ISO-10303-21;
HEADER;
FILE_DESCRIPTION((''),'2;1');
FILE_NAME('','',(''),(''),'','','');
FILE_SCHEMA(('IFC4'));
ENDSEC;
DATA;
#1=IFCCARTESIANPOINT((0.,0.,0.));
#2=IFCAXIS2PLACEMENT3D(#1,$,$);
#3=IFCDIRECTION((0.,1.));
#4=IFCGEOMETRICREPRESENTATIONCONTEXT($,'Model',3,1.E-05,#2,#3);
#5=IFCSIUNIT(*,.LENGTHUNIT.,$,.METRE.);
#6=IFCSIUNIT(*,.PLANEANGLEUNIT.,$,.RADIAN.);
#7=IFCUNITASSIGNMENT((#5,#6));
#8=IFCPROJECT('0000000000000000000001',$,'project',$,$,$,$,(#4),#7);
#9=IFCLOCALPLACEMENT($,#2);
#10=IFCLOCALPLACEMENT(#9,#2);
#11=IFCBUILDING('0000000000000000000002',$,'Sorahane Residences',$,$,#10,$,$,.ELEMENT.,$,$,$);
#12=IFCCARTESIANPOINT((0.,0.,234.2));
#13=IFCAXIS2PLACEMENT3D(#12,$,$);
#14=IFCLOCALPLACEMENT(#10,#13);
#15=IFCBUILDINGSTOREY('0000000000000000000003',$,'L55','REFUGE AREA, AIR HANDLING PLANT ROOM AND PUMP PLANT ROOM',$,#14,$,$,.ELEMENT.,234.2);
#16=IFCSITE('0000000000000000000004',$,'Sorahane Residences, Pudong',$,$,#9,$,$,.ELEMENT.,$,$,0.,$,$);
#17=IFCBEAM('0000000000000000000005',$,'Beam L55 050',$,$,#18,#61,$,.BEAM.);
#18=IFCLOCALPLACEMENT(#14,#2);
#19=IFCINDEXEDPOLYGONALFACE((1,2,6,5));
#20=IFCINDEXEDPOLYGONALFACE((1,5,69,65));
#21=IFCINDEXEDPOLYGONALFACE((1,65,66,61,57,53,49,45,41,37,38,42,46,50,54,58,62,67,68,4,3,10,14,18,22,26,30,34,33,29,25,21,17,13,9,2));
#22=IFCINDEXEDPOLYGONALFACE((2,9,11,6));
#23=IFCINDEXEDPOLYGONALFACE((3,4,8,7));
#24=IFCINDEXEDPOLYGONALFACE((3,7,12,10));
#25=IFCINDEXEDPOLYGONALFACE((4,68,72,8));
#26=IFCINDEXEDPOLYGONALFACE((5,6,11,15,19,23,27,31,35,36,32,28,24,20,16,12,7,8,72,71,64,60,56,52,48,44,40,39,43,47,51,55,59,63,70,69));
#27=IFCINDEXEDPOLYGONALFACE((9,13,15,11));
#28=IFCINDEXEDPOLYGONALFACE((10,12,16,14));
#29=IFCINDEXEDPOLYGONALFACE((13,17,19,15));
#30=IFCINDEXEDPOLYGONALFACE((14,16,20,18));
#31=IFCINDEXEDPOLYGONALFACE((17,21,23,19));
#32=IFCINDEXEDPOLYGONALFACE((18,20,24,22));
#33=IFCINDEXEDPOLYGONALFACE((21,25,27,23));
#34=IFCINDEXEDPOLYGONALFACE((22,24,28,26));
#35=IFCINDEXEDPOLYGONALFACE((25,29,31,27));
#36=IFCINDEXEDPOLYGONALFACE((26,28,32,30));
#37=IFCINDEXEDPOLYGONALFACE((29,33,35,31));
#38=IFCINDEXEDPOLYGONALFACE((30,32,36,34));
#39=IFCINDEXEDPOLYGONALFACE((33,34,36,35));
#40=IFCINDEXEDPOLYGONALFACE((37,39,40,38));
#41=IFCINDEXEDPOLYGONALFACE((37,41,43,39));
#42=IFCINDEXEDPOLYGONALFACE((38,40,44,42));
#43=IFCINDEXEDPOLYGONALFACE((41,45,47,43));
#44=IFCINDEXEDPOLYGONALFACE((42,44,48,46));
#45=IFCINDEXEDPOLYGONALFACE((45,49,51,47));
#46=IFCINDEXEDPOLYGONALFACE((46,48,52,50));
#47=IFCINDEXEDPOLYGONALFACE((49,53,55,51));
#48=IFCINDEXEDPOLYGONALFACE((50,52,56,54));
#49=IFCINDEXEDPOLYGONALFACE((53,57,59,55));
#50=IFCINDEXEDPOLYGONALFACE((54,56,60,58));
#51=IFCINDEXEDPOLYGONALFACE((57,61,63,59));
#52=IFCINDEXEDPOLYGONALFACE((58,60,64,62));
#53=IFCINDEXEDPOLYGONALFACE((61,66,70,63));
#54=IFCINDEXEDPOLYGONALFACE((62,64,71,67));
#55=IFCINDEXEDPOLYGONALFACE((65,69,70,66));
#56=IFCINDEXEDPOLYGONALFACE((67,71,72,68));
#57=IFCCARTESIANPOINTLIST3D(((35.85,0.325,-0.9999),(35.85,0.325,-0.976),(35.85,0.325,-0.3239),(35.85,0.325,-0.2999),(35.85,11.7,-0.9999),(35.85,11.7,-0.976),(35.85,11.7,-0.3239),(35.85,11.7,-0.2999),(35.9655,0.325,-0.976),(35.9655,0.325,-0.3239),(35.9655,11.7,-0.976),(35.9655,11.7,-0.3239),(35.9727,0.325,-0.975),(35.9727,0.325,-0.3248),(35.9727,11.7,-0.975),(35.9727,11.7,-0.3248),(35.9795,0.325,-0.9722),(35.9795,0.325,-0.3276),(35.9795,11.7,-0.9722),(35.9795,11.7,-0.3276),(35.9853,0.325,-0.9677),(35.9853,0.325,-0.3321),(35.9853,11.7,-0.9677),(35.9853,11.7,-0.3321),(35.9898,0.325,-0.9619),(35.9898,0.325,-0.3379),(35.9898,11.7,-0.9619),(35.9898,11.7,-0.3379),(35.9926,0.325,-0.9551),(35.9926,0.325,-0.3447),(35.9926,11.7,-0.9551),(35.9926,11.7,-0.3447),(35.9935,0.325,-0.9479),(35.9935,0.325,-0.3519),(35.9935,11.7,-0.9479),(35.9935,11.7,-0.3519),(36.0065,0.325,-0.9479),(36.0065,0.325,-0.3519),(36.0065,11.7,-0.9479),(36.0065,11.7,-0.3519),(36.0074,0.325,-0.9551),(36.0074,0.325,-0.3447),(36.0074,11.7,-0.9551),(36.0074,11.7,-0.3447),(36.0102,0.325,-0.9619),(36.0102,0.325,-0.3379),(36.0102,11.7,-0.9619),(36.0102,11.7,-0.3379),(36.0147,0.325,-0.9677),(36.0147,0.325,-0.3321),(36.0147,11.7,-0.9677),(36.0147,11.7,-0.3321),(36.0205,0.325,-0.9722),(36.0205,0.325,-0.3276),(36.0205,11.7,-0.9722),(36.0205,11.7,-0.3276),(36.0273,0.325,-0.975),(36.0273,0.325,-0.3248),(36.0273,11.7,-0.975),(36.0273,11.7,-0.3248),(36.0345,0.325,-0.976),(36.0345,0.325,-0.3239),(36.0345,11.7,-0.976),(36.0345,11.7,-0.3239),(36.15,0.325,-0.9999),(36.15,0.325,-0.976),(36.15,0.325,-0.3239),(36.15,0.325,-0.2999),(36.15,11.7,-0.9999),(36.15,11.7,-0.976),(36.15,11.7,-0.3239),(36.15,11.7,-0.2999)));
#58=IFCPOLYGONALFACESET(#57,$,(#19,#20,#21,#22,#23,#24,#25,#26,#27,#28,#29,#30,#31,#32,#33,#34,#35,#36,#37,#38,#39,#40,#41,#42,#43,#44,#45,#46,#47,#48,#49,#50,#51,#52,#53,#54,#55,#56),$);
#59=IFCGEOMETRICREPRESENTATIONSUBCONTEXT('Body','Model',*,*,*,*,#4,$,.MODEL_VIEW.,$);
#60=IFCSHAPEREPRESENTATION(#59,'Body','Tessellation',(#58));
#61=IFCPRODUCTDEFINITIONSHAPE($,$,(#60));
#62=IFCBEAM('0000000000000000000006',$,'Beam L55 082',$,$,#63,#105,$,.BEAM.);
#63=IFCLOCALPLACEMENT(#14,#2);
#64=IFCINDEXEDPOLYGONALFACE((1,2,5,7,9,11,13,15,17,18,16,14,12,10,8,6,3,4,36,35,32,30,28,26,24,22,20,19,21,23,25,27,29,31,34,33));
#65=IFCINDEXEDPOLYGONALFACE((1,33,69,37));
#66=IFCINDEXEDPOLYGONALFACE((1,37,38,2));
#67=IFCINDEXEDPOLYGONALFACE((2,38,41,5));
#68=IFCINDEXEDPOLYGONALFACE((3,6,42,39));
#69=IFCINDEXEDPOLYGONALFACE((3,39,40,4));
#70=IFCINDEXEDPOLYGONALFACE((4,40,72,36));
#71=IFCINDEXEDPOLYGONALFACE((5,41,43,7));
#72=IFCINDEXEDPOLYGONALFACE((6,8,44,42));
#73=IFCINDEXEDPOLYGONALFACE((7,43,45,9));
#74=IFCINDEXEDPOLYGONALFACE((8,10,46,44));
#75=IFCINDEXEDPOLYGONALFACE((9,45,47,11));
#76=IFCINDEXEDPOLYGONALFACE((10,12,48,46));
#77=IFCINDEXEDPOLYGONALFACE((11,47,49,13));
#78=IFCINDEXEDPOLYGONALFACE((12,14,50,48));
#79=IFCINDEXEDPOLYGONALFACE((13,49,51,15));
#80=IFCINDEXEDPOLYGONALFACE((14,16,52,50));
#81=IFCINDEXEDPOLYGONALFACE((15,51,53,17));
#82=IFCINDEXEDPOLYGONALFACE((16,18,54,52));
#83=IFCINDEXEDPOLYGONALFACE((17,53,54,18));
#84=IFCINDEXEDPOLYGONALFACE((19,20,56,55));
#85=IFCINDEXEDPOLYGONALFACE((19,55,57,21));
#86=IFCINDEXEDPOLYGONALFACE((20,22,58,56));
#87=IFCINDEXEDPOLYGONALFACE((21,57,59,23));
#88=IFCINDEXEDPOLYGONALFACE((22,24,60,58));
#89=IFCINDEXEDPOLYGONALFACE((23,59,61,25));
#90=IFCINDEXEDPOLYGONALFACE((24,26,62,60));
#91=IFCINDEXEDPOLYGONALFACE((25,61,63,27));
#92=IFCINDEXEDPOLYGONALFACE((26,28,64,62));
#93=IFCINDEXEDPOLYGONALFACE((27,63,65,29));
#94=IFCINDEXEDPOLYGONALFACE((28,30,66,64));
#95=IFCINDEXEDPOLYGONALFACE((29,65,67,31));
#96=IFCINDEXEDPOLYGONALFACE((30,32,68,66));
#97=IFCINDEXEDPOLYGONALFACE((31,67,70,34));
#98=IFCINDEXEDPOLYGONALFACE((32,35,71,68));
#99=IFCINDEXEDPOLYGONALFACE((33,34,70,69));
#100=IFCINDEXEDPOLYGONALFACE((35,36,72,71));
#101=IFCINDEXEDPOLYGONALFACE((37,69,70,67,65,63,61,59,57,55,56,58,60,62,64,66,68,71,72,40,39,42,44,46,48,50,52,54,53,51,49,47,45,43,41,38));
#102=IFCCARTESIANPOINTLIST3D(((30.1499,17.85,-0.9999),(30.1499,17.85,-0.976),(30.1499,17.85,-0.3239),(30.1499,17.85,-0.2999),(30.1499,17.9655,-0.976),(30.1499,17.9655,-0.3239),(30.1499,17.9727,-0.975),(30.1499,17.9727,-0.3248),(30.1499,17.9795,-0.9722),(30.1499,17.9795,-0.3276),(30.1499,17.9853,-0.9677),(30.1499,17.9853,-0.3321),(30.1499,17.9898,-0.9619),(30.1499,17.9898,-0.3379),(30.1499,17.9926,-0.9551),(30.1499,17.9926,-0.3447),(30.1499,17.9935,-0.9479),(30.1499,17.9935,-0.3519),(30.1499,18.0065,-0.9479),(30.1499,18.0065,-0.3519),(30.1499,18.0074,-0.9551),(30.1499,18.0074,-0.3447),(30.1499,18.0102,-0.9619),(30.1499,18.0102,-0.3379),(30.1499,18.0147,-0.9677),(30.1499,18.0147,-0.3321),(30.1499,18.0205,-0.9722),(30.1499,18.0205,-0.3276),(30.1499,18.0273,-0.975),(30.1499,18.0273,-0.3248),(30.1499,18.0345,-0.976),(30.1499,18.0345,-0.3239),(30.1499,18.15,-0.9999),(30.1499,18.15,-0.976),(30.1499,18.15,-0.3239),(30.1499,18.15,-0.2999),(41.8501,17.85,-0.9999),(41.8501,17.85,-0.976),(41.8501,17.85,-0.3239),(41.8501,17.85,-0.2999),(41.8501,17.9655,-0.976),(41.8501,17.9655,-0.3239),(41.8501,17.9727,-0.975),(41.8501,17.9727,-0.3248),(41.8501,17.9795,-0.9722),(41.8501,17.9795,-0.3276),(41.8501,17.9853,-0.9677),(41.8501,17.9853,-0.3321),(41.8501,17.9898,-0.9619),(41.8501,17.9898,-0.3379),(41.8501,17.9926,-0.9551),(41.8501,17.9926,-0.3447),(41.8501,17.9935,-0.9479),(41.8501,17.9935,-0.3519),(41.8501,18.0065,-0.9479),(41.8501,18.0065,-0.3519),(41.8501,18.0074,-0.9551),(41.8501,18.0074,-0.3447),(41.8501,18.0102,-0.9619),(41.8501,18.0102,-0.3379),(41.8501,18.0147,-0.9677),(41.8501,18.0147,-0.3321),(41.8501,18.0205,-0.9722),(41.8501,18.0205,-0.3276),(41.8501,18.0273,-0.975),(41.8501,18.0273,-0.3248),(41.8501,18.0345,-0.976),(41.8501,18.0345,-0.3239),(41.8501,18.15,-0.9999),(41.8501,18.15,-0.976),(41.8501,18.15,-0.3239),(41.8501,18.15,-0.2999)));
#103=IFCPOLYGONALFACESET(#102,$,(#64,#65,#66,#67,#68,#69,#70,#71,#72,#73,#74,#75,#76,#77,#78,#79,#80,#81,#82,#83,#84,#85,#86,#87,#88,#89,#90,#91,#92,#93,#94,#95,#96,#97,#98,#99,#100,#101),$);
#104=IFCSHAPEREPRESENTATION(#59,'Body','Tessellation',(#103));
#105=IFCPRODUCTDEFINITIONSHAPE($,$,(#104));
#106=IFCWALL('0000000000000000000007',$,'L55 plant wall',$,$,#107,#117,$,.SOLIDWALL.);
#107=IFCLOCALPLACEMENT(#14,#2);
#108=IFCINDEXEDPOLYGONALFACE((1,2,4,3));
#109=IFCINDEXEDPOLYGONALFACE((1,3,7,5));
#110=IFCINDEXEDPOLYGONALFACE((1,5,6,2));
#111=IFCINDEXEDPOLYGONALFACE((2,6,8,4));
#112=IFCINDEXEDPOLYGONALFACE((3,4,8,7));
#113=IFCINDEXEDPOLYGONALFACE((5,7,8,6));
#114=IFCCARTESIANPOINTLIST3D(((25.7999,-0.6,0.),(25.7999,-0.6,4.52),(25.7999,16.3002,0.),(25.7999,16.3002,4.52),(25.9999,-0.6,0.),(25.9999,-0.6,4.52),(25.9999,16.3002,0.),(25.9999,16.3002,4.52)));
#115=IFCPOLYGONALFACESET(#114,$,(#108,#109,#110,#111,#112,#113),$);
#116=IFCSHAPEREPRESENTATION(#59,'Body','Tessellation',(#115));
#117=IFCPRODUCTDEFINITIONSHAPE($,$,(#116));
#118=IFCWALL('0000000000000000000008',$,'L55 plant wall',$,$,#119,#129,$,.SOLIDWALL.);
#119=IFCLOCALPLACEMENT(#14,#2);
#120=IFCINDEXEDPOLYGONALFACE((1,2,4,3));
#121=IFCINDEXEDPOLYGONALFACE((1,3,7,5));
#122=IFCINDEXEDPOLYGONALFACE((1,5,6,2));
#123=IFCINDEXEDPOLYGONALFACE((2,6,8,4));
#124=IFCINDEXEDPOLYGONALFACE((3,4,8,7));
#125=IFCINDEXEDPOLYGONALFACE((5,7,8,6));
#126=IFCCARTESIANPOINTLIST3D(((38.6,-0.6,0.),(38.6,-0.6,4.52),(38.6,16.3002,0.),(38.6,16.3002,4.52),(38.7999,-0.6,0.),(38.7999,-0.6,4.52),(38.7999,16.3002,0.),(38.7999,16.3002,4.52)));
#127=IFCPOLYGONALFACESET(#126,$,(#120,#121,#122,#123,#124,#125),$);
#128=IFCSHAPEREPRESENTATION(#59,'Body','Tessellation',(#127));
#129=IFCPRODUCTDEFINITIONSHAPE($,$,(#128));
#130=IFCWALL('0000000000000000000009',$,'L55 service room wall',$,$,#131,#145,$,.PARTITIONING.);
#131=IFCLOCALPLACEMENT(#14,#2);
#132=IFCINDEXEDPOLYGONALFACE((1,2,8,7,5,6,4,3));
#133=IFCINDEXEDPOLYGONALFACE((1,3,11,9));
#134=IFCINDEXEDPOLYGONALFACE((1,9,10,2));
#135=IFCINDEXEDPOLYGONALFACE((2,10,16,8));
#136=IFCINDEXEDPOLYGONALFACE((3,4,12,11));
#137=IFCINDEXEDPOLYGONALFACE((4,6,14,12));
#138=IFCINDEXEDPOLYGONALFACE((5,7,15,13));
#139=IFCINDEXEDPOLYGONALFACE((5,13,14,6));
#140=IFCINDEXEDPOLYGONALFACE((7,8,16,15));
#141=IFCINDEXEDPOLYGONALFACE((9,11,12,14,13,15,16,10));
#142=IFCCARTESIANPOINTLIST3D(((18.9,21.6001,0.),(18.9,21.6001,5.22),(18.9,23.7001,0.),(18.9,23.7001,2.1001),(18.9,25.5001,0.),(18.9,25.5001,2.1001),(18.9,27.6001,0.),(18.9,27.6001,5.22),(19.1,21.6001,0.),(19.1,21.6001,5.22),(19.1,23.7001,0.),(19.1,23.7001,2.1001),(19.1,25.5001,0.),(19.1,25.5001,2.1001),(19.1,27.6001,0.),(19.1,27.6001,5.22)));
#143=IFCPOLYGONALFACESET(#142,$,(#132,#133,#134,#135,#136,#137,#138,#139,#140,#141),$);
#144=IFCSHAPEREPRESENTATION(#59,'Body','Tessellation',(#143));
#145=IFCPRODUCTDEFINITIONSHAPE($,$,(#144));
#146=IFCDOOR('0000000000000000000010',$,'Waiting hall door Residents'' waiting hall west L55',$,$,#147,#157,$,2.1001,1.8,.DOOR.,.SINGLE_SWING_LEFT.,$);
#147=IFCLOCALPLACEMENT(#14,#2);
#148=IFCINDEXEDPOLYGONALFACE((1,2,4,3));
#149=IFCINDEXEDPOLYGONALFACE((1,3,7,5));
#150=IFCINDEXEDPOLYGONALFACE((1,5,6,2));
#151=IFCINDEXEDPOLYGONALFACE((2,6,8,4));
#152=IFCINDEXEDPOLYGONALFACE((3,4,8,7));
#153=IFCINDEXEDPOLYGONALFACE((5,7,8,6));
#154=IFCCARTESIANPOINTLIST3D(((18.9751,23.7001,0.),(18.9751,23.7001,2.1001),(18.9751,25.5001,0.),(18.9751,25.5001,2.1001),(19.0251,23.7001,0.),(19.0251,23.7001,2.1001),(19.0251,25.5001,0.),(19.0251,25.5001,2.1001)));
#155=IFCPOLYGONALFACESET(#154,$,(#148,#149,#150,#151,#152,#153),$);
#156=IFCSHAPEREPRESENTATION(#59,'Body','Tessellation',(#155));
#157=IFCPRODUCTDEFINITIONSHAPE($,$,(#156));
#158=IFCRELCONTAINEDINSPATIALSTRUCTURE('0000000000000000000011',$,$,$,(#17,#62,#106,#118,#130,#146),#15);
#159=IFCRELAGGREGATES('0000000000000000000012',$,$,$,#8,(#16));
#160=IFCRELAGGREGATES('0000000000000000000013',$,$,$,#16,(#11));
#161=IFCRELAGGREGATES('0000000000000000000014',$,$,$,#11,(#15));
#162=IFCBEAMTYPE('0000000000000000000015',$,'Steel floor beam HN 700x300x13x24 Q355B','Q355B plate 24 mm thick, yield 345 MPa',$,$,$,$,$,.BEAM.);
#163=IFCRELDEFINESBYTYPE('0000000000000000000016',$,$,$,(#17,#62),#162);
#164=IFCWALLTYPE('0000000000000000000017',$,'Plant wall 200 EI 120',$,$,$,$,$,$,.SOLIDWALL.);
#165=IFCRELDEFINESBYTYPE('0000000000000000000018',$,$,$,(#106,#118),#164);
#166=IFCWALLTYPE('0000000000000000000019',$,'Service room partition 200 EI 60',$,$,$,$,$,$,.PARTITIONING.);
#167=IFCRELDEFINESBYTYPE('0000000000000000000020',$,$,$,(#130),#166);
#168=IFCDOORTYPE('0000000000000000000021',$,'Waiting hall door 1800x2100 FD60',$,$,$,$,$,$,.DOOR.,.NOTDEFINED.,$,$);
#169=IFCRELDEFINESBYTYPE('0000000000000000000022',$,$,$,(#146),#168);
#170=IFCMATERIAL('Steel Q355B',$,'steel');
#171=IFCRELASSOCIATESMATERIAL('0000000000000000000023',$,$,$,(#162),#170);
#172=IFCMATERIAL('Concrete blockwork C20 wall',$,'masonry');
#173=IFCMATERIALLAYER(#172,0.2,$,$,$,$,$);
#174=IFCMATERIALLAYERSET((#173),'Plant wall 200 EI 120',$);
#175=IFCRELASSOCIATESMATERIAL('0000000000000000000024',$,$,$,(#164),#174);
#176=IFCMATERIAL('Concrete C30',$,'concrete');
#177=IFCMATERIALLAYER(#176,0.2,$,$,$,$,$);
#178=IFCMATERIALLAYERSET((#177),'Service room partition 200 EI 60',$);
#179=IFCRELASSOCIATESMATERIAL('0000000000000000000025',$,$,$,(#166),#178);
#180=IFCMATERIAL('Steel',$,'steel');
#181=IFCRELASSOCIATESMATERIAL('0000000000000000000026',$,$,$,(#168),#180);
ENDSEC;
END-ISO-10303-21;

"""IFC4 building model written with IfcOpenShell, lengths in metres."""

from ifc_helpers import new_model, si_unit, direction, frame, frame_2d, origin, origin_2d, place, context, subcontext, project, spatial, rectangle, i_section, extrude, material, layer, layer_set, material_profile, profile_set, type_object, element, fill, save


model = new_model("IFC4")

# Units and contexts
model_context = context("Model", 3, precision=1e-05, world=origin(), true_north=direction((0.0, 1.0)))
body_context = subcontext(model_context, "Body", "Model", "MODEL_VIEW")
ifc_project = project(units=[si_unit("LENGTHUNIT", "METRE"), si_unit("PLANEANGLEUNIT", "RADIAN")], contexts=[model_context])

# Site, building, storey
site_placement = place(None, origin())
site = spatial("IfcSite", under=ifc_project, at=site_placement, Name="Sorahane Residences, Pudong", CompositionType="ELEMENT", RefElevation=0.0)
building_placement = place(site_placement, origin())
building = spatial("IfcBuilding", under=site, at=building_placement, Name="Sorahane Residences", CompositionType="ELEMENT")
storey_placement = place(building_placement, frame((0.0, 0.0, 234.2)))
storey = spatial("IfcBuildingStorey", under=building, at=storey_placement, Name="L55", Description="REFUGE AREA, AIR HANDLING PLANT ROOM AND PUMP PLANT ROOM", CompositionType="ELEMENT", Elevation=234.2)

# Beams
ifc_material_1 = material(Name="Steel Q355B", Category="steel")
ifc_material_profile_1 = material_profile(ifc_material_1, i_section(OverallWidth=0.3, OverallDepth=0.7, WebThickness=0.0129, FlangeThickness=0.0239, FilletRadius=0.0281, at=origin_2d()), Name="HN 700x300x13x24")
ifc_profile_set_1 = profile_set([ifc_material_profile_1], Name="Steel Q355B")
beam_type_1 = type_object("IfcBeamType", Name="Steel floor beam HN 700x300x13x24 Q355B", Description="Q355B plate 24 mm thick, yield 345 MPa", PredefinedType="BEAM", material=ifc_profile_set_1)
beam_1_placement = place(storey_placement, frame((36.0, 0.325, -0.6499), z_axis=(0.0, 1.0, 0.0), x_axis=(-1.0, 0.0, 0.0)))
element("IfcBeam", 1, at=beam_1_placement, inside=storey, type_object=beam_type_1, Name="Beam L55 050", PredefinedType="BEAM", context=body_context, shape_type="SweptSolid", body=[
    extrude(i_section(OverallWidth=0.3, OverallDepth=0.7, WebThickness=0.0129, FlangeThickness=0.0239, FilletRadius=0.0281, at=origin_2d()), origin(), (0.0, 0.0, 1.0), 11.375),
])
beam_2_placement = place(storey_placement, frame((30.1499, 18.0, -0.6499), z_axis=(1.0, 0.0, 0.0), x_axis=(0.0, 1.0, 0.0)))
element("IfcBeam", 2, at=beam_2_placement, inside=storey, type_object=beam_type_1, Name="Beam L55 082", PredefinedType="BEAM", context=body_context, shape_type="SweptSolid", body=[
    extrude(i_section(OverallWidth=0.3, OverallDepth=0.7, WebThickness=0.0129, FlangeThickness=0.0239, FilletRadius=0.0281, at=origin_2d()), origin(), (0.0, 0.0, 1.0), 11.7002),
])

# Walls
ifc_material_2 = material(Name="Concrete blockwork C20 wall", Category="masonry")
ifc_layer_1 = layer(ifc_material_2, 0.2)
ifc_layer_set_1 = layer_set([ifc_layer_1], Name="Plant wall 200 EI 120")
wall_type_1 = type_object("IfcWallType", Name="Plant wall 200 EI 120", PredefinedType="SOLIDWALL", material=ifc_layer_set_1)
for number, where, z_axis, x_axis, name in (
    (3, (25.8999, -0.6001, 0.0), (0.0, 0.0, 1.0), (0.0, 1.0, 0.0), "L55 plant wall"),
    (4, (38.7, -0.6001, 0.0), (0.0, 0.0, 1.0), (0.0, 1.0, 0.0), "L55 plant wall"),
):
    element("IfcWall", number, at=place(storey_placement, frame(where, z_axis=z_axis, x_axis=x_axis)), inside=storey, type_object=wall_type_1, Name=name, PredefinedType="SOLIDWALL", context=body_context, shape_type="SweptSolid", body=[
        extrude(rectangle(XDim=16.9001, YDim=0.2, at=frame_2d((8.4502, 0.0))), origin(), (0.0, 0.0, 1.0), 4.52),
    ])

# Wall, opening, door
ifc_material_3 = material(Name="Concrete C30", Category="concrete")
ifc_layer_2 = layer(ifc_material_3, 0.2)
ifc_layer_set_2 = layer_set([ifc_layer_2], Name="Service room partition 200 EI 60")
wall_type_2 = type_object("IfcWallType", Name="Service room partition 200 EI 60", PredefinedType="PARTITIONING", material=ifc_layer_set_2)
wall_placement = place(storey_placement, frame((19.0, 21.6001, 0.0), z_axis=(0.0, 0.0, 1.0), x_axis=(0.0, 1.0, 0.0)))
wall = element("IfcWall", 5, at=wall_placement, inside=storey, type_object=wall_type_2, Name="L55 service room wall", PredefinedType="PARTITIONING", context=body_context, shape_type="SweptSolid", body=[
    extrude(rectangle(XDim=6.0, YDim=0.2, at=frame_2d((3.0, 0.0))), origin(), (0.0, 0.0, 1.0), 5.22),
])
opening_placement = place(wall_placement, frame((2.1001, 0.0, 0.0)))
opening = element("IfcOpeningElement", 6, at=opening_placement, cuts=wall, PredefinedType="OPENING", context=body_context, shape_type="SweptSolid", body=[
    extrude(rectangle(XDim=1.8, YDim=2.1001, at=frame_2d((0.8999, 1.05))), frame((0.0, 0.1099, 0.0), z_axis=(0.0, -1.0, 0.0), x_axis=(1.0, 0.0, 0.0)), (0.0, 0.0, 1.0), 0.22),
])
ifc_material_4 = material(Name="Steel", Category="steel")
door_type = type_object("IfcDoorType", Name="Waiting hall door 1800x2100 FD60", OperationType="NOTDEFINED", PredefinedType="DOOR", material=ifc_material_4)
door_placement = place(opening_placement, origin())
door = element("IfcDoor", 7, at=door_placement, inside=storey, type_object=door_type, Name="Waiting hall door Residents' waiting hall west L55", OperationType="SINGLE_SWING_LEFT", OverallHeight=2.1001, OverallWidth=1.8, PredefinedType="DOOR", context=body_context, shape_type="SweptSolid", body=[
    extrude(rectangle(XDim=1.8, YDim=2.1001, at=frame_2d((0.8999, 1.05))), frame((0.0, 0.0249, 0.0), z_axis=(0.0, -1.0, 0.0), x_axis=(1.0, 0.0, 0.0)), (0.0, 0.0, 1.0), 0.05),
])
fill(opening, door)

save(model, "model.ifc")
